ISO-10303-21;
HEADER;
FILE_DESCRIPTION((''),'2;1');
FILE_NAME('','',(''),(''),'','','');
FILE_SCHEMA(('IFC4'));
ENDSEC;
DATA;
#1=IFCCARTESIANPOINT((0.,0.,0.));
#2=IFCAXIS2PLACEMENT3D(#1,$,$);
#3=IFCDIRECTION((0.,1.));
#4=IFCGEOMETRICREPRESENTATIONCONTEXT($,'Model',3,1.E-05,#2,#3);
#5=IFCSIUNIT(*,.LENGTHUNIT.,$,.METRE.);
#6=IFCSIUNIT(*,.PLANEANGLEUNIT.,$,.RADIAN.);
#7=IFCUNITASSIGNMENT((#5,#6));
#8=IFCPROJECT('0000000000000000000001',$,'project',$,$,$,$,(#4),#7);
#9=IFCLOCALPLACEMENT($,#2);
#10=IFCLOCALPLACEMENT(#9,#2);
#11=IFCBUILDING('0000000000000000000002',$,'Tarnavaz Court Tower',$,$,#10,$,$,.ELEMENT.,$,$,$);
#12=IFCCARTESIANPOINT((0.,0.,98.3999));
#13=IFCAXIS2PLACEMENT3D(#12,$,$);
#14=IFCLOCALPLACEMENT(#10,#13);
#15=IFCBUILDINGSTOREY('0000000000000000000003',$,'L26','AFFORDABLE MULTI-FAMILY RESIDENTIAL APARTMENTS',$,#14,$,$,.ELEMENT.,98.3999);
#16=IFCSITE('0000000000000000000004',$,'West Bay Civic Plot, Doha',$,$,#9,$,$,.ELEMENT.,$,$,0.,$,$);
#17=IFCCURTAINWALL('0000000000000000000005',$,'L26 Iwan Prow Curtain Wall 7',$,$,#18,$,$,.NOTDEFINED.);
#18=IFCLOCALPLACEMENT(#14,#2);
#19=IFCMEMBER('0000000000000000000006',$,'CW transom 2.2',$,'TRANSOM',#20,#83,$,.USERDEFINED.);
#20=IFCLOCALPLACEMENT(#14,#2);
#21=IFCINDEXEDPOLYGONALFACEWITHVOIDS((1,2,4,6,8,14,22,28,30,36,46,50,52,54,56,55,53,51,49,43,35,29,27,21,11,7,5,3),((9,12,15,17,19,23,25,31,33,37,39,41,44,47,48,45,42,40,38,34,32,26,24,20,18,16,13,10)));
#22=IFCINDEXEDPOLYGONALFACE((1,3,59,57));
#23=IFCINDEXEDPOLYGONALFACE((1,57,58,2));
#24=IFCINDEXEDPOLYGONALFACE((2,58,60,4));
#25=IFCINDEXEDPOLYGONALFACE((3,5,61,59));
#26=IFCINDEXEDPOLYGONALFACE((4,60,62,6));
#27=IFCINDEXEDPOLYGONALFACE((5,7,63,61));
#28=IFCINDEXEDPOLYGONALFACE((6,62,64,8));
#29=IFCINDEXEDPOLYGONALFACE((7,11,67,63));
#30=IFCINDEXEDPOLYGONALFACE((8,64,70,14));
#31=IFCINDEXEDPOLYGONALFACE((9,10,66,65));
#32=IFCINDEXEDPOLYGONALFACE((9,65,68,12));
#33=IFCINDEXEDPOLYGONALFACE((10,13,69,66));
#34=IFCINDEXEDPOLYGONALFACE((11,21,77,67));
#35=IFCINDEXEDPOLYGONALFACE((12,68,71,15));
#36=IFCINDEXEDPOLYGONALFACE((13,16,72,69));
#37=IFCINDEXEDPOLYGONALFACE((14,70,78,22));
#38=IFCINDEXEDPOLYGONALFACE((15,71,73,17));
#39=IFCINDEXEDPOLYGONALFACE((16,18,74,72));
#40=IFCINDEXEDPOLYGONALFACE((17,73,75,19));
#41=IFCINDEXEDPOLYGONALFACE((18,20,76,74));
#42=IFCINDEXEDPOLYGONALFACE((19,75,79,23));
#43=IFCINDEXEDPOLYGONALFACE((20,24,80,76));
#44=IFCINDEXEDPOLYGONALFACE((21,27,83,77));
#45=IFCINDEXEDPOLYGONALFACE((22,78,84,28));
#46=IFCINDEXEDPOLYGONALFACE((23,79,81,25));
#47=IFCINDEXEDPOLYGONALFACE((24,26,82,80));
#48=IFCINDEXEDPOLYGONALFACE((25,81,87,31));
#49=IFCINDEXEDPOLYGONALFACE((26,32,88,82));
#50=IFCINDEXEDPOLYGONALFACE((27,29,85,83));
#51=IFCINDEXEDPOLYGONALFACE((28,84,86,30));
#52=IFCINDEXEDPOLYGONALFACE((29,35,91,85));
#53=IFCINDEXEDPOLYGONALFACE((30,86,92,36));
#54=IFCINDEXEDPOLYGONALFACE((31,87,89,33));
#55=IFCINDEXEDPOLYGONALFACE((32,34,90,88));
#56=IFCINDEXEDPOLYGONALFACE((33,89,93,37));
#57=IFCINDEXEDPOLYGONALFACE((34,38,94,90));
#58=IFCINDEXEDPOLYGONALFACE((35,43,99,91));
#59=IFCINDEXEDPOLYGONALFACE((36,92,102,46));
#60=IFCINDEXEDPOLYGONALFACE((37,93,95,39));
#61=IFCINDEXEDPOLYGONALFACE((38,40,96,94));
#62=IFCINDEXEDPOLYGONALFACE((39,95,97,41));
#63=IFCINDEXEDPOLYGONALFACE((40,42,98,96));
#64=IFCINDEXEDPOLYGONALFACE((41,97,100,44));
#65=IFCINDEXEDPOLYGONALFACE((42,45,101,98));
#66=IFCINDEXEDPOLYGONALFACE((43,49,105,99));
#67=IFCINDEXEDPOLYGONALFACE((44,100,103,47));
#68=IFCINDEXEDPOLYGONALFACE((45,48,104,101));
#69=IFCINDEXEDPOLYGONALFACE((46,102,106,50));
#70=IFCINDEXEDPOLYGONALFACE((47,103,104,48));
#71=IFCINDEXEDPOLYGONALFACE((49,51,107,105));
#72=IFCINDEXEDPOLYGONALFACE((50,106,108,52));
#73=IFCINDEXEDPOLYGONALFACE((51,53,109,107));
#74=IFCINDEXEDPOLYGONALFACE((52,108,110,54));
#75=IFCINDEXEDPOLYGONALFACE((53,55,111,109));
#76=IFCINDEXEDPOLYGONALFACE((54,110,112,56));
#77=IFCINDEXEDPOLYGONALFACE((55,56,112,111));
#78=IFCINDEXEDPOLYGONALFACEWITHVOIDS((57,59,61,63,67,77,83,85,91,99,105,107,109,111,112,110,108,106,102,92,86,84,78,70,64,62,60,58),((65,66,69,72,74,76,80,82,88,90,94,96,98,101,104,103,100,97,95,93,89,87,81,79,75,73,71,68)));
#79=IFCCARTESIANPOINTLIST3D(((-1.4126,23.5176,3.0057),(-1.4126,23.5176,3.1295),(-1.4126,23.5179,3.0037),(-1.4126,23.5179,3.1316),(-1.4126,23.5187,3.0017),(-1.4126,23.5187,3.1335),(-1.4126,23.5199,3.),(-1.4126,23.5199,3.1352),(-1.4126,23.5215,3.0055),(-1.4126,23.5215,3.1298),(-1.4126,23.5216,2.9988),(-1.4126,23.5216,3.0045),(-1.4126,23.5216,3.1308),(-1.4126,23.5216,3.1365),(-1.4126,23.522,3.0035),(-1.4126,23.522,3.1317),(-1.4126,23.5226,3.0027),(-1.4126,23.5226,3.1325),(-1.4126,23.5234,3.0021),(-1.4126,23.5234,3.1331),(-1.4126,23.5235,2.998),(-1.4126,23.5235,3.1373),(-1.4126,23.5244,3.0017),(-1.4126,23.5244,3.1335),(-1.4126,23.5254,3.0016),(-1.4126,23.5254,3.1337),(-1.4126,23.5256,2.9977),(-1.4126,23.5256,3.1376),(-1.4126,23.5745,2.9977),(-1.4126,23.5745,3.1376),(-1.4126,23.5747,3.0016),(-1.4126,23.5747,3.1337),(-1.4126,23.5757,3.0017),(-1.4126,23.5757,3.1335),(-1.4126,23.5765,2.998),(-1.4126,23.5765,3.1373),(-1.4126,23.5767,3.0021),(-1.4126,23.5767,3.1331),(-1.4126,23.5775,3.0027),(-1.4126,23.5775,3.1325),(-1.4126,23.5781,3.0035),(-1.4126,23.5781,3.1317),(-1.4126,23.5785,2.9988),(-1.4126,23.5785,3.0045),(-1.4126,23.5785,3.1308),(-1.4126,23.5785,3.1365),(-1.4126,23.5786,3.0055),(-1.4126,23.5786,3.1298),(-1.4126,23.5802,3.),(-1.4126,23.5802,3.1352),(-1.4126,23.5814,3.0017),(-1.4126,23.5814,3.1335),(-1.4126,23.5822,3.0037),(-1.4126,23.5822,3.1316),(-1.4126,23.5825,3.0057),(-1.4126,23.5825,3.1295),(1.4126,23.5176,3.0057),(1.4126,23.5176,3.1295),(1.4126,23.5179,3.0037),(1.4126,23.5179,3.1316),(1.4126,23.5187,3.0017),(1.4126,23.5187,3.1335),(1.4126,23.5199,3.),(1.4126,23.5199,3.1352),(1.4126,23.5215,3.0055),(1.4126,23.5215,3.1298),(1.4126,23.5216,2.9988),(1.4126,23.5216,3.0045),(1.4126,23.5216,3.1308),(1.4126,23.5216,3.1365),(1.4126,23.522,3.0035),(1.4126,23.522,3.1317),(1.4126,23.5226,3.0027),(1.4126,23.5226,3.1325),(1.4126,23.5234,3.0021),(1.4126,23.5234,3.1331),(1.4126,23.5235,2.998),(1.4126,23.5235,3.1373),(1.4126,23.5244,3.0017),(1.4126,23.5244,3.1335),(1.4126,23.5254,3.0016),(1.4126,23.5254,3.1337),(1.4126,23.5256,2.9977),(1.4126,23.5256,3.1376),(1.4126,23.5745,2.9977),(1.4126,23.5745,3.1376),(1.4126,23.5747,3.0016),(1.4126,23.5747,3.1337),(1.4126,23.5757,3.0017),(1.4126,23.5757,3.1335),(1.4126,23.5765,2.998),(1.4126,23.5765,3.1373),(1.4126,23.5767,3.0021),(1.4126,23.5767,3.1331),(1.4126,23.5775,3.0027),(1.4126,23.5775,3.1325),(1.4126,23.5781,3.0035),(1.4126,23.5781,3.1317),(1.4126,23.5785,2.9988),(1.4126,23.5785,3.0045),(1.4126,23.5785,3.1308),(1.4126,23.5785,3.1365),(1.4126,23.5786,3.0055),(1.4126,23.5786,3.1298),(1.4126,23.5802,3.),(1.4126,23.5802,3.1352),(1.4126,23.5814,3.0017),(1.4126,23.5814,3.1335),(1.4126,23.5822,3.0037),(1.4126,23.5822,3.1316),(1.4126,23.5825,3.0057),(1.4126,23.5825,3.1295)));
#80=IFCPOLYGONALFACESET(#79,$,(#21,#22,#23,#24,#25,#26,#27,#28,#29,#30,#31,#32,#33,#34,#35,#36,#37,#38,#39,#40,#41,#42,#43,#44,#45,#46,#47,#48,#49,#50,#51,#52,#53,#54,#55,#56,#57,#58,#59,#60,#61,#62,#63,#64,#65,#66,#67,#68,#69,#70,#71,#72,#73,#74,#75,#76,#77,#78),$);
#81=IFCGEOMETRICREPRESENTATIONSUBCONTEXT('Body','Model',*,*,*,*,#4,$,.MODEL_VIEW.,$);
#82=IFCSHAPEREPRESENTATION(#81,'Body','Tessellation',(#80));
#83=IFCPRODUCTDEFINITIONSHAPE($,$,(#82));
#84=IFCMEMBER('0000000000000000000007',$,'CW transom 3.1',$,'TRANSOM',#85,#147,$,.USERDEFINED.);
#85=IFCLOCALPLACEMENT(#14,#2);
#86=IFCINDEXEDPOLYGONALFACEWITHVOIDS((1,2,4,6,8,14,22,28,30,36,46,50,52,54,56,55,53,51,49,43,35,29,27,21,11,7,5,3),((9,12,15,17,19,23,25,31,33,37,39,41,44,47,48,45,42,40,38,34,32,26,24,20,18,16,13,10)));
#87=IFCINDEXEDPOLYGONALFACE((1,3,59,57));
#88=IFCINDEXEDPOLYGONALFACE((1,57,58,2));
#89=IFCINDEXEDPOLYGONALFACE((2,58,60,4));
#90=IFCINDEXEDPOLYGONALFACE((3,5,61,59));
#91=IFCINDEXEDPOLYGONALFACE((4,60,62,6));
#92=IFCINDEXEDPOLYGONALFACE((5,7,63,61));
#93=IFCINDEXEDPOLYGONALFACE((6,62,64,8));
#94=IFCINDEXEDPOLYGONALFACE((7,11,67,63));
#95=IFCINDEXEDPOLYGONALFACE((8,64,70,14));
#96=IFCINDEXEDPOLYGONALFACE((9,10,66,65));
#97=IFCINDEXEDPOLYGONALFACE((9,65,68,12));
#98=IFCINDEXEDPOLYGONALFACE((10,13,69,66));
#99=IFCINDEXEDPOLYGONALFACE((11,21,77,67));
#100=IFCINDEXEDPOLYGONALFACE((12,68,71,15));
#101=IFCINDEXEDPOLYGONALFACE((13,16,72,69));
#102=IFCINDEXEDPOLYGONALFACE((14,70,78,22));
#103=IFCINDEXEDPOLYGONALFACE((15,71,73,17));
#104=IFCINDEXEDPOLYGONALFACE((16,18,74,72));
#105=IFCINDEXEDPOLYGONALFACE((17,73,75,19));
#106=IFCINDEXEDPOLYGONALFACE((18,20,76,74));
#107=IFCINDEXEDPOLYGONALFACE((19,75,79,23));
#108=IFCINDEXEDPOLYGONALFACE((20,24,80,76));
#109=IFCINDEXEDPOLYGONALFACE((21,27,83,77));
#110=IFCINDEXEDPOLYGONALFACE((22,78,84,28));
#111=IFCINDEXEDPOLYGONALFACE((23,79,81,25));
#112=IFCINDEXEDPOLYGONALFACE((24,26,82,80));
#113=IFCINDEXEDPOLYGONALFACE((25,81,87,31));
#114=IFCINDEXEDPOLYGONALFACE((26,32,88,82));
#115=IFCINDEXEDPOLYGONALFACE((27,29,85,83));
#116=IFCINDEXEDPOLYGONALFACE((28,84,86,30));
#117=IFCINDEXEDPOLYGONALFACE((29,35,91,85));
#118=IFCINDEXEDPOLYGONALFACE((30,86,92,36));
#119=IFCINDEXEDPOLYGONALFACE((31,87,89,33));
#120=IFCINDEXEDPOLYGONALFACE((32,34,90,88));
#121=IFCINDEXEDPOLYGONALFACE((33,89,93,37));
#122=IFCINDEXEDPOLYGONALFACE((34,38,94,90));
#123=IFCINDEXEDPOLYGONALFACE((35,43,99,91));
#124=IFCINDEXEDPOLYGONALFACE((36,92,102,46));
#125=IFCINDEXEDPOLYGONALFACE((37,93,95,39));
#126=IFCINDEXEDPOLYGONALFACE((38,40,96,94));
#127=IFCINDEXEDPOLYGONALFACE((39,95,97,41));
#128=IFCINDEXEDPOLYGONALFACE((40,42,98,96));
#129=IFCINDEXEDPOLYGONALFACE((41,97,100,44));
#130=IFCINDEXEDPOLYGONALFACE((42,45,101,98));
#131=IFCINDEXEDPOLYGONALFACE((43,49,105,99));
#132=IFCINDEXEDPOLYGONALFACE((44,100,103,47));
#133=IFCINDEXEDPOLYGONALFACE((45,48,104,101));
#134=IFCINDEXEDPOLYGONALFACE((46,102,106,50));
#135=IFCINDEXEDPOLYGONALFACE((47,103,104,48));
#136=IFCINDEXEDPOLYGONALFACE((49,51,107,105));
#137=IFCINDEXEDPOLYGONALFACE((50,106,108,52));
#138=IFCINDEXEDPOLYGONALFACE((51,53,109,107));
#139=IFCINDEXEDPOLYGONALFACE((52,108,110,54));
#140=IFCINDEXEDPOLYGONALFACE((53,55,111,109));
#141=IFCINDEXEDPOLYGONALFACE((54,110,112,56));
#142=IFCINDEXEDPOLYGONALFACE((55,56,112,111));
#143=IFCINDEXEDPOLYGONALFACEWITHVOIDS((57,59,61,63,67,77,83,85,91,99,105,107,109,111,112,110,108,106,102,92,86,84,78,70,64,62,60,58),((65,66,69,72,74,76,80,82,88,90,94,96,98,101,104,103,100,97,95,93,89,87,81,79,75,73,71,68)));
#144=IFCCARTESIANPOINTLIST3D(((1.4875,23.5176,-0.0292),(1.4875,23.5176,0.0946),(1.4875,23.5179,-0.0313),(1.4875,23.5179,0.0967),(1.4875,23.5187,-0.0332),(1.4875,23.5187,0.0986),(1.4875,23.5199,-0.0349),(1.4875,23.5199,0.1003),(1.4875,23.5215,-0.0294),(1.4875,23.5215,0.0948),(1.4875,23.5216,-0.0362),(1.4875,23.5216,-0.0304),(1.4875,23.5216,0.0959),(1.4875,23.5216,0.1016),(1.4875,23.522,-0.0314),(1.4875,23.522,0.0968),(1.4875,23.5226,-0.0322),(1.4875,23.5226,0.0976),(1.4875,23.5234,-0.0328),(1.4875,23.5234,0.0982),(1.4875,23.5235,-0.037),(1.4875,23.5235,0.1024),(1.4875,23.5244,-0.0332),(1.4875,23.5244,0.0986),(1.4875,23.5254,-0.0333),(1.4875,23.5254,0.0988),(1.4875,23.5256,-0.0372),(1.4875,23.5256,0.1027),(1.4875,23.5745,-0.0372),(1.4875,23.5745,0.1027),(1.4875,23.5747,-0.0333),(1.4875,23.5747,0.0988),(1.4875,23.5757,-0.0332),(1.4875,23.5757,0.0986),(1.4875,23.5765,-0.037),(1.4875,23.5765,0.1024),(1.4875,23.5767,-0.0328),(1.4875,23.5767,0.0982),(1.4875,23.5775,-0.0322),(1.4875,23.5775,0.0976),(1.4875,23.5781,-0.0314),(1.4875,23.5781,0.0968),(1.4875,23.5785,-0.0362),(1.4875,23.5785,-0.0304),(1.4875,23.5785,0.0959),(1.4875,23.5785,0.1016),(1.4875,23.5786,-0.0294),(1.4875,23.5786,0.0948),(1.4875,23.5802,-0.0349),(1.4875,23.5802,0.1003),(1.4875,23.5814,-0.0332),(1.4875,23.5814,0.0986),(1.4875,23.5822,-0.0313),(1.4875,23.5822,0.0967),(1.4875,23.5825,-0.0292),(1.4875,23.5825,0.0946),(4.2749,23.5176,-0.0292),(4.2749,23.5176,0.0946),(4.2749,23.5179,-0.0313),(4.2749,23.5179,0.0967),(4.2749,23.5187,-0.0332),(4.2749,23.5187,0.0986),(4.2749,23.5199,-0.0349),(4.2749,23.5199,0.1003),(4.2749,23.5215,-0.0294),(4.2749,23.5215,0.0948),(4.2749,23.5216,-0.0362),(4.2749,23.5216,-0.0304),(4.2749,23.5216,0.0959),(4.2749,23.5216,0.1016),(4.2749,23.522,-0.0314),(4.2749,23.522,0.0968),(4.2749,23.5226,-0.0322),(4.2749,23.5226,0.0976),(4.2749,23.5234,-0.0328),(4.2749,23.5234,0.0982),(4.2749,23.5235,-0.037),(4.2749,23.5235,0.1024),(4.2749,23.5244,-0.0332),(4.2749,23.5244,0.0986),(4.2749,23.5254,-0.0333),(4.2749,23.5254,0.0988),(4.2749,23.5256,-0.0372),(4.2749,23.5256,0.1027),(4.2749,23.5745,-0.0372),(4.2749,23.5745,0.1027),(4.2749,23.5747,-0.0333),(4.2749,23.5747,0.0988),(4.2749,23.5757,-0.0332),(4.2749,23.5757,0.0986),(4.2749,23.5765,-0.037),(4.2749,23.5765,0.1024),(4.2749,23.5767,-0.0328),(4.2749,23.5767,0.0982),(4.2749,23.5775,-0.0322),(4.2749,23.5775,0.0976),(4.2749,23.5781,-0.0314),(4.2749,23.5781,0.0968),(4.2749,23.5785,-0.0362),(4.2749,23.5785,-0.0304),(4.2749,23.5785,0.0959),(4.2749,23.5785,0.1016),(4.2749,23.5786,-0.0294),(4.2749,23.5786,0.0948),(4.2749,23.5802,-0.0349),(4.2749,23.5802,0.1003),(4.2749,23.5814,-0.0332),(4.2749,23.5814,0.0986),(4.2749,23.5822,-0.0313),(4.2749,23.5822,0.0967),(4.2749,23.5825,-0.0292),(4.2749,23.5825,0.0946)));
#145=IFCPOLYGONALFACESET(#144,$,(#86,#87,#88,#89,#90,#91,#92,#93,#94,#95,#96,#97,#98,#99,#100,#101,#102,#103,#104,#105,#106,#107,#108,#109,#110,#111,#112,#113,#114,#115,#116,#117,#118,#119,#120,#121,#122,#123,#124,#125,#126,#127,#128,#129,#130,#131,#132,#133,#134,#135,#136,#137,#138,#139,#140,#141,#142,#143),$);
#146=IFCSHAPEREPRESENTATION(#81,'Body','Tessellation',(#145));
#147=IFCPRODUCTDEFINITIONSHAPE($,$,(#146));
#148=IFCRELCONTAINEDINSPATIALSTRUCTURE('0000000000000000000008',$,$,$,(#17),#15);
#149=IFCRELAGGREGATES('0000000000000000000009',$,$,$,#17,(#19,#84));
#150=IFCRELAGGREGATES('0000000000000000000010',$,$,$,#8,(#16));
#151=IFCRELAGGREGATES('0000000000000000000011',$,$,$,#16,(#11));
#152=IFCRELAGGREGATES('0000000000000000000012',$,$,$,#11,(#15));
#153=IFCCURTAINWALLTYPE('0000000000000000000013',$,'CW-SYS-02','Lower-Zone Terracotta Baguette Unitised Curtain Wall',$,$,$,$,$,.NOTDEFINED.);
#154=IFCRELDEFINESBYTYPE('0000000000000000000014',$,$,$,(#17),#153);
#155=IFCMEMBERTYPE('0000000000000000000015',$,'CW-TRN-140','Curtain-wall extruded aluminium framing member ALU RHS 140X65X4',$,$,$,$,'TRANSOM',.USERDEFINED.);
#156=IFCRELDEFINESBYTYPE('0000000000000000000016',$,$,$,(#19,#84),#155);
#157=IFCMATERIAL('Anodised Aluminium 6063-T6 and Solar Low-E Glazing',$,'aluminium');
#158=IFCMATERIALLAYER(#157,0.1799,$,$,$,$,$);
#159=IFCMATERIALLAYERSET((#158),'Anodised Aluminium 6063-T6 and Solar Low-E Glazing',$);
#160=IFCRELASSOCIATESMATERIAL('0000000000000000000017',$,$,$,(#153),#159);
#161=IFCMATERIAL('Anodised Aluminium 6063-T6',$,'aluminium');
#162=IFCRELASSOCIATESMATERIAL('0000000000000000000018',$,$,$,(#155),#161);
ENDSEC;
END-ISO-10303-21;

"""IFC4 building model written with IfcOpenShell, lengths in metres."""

from ifc_helpers import new_model, si_unit, direction, frame, origin, origin_2d, place, context, subcontext, project, spatial, hollow_rectangle, extrude, material, layer, layer_set, material_profile, profile_set, type_object, element, aggregate, save


model = new_model("IFC4")

# Units and contexts
model_context = context("Model", 3, precision=1e-05, world=origin(), true_north=direction((0.0, 1.0)))
body_context = subcontext(model_context, "Body", "Model", "MODEL_VIEW")
ifc_project = project(units=[si_unit("LENGTHUNIT", "METRE"), si_unit("PLANEANGLEUNIT", "RADIAN")], contexts=[model_context])

# Site, building, storey
site_placement = place(None, origin())
site = spatial("IfcSite", under=ifc_project, at=site_placement, Name="West Bay Civic Plot, Doha", CompositionType="ELEMENT", RefElevation=0.0)
building_placement = place(site_placement, origin())
building = spatial("IfcBuilding", under=site, at=building_placement, Name="Tarnavaz Court Tower", CompositionType="ELEMENT")
storey_placement = place(building_placement, frame((0.0, 0.0, 98.3999)))
storey = spatial("IfcBuildingStorey", under=building, at=storey_placement, Name="L26", Description="AFFORDABLE MULTI-FAMILY RESIDENTIAL APARTMENTS", CompositionType="ELEMENT", Elevation=98.3999)

# Curtain wall, members
ifc_material_1 = material(Name="Anodised Aluminium 6063-T6 and Solar Low-E Glazing", Category="aluminium")
ifc_layer_1 = layer(ifc_material_1, 0.1799)
ifc_layer_set_1 = layer_set([ifc_layer_1], Name="Anodised Aluminium 6063-T6 and Solar Low-E Glazing")
curtain_wall_type = type_object("IfcCurtainWallType", Name="CW-SYS-02", Description="Lower-Zone Terracotta Baguette Unitised Curtain Wall", PredefinedType="NOTDEFINED", material=ifc_layer_set_1)
curtain_wall_placement = place(storey_placement, origin())
curtain_wall = element("IfcCurtainWall", 1, at=curtain_wall_placement, inside=storey, type_object=curtain_wall_type, Name="L26 Iwan Prow Curtain Wall 7", PredefinedType="NOTDEFINED")
ifc_material_2 = material(Name="Anodised Aluminium 6063-T6", Category="aluminium")
ifc_material_profile_1 = material_profile(ifc_material_2, hollow_rectangle(XDim=0.0649, YDim=0.1399, WallThickness=0.0039, InnerFilletRadius=0.0039, OuterFilletRadius=0.0081, at=origin_2d()), Name="ALU RHS 140X65X4")
ifc_profile_set_1 = profile_set([ifc_material_profile_1], Name="Anodised Aluminium 6063-T6")
member_type_1 = type_object("IfcMemberType", Name="CW-TRN-140", Description="Curtain-wall extruded aluminium framing member ALU RHS 140X65X4", ElementType="TRANSOM", PredefinedType="USERDEFINED", material=ifc_profile_set_1)
member_1_placement = place(storey_placement, frame((-1.4126, 23.55, 3.0676), z_axis=(1.0, 0.0, 0.0), x_axis=(0.0, 1.0, 0.0)))
member_1 = element("IfcMember", 2, at=member_1_placement, type_object=member_type_1, Name="CW transom 2.2", ObjectType="TRANSOM", PredefinedType="USERDEFINED", context=body_context, shape_type="SweptSolid", body=[
    extrude(hollow_rectangle(XDim=0.0649, YDim=0.1399, WallThickness=0.0039, InnerFilletRadius=0.0039, OuterFilletRadius=0.0081, at=origin_2d()), origin(), (0.0, 0.0, 1.0), 2.8252),
])
member_2_placement = place(storey_placement, frame((1.4875, 23.55, 0.0327), z_axis=(1.0, 0.0, 0.0), x_axis=(0.0, 1.0, 0.0)))
member_2 = element("IfcMember", 3, at=member_2_placement, type_object=member_type_1, Name="CW transom 3.1", ObjectType="TRANSOM", PredefinedType="USERDEFINED", context=body_context, shape_type="SweptSolid", body=[
    extrude(hollow_rectangle(XDim=0.0649, YDim=0.1399, WallThickness=0.0039, InnerFilletRadius=0.0039, OuterFilletRadius=0.0081, at=origin_2d()), origin(), (0.0, 0.0, 1.0), 2.7874),
])
aggregate(curtain_wall, [member_1, member_2])

save(model, "model.ifc")
